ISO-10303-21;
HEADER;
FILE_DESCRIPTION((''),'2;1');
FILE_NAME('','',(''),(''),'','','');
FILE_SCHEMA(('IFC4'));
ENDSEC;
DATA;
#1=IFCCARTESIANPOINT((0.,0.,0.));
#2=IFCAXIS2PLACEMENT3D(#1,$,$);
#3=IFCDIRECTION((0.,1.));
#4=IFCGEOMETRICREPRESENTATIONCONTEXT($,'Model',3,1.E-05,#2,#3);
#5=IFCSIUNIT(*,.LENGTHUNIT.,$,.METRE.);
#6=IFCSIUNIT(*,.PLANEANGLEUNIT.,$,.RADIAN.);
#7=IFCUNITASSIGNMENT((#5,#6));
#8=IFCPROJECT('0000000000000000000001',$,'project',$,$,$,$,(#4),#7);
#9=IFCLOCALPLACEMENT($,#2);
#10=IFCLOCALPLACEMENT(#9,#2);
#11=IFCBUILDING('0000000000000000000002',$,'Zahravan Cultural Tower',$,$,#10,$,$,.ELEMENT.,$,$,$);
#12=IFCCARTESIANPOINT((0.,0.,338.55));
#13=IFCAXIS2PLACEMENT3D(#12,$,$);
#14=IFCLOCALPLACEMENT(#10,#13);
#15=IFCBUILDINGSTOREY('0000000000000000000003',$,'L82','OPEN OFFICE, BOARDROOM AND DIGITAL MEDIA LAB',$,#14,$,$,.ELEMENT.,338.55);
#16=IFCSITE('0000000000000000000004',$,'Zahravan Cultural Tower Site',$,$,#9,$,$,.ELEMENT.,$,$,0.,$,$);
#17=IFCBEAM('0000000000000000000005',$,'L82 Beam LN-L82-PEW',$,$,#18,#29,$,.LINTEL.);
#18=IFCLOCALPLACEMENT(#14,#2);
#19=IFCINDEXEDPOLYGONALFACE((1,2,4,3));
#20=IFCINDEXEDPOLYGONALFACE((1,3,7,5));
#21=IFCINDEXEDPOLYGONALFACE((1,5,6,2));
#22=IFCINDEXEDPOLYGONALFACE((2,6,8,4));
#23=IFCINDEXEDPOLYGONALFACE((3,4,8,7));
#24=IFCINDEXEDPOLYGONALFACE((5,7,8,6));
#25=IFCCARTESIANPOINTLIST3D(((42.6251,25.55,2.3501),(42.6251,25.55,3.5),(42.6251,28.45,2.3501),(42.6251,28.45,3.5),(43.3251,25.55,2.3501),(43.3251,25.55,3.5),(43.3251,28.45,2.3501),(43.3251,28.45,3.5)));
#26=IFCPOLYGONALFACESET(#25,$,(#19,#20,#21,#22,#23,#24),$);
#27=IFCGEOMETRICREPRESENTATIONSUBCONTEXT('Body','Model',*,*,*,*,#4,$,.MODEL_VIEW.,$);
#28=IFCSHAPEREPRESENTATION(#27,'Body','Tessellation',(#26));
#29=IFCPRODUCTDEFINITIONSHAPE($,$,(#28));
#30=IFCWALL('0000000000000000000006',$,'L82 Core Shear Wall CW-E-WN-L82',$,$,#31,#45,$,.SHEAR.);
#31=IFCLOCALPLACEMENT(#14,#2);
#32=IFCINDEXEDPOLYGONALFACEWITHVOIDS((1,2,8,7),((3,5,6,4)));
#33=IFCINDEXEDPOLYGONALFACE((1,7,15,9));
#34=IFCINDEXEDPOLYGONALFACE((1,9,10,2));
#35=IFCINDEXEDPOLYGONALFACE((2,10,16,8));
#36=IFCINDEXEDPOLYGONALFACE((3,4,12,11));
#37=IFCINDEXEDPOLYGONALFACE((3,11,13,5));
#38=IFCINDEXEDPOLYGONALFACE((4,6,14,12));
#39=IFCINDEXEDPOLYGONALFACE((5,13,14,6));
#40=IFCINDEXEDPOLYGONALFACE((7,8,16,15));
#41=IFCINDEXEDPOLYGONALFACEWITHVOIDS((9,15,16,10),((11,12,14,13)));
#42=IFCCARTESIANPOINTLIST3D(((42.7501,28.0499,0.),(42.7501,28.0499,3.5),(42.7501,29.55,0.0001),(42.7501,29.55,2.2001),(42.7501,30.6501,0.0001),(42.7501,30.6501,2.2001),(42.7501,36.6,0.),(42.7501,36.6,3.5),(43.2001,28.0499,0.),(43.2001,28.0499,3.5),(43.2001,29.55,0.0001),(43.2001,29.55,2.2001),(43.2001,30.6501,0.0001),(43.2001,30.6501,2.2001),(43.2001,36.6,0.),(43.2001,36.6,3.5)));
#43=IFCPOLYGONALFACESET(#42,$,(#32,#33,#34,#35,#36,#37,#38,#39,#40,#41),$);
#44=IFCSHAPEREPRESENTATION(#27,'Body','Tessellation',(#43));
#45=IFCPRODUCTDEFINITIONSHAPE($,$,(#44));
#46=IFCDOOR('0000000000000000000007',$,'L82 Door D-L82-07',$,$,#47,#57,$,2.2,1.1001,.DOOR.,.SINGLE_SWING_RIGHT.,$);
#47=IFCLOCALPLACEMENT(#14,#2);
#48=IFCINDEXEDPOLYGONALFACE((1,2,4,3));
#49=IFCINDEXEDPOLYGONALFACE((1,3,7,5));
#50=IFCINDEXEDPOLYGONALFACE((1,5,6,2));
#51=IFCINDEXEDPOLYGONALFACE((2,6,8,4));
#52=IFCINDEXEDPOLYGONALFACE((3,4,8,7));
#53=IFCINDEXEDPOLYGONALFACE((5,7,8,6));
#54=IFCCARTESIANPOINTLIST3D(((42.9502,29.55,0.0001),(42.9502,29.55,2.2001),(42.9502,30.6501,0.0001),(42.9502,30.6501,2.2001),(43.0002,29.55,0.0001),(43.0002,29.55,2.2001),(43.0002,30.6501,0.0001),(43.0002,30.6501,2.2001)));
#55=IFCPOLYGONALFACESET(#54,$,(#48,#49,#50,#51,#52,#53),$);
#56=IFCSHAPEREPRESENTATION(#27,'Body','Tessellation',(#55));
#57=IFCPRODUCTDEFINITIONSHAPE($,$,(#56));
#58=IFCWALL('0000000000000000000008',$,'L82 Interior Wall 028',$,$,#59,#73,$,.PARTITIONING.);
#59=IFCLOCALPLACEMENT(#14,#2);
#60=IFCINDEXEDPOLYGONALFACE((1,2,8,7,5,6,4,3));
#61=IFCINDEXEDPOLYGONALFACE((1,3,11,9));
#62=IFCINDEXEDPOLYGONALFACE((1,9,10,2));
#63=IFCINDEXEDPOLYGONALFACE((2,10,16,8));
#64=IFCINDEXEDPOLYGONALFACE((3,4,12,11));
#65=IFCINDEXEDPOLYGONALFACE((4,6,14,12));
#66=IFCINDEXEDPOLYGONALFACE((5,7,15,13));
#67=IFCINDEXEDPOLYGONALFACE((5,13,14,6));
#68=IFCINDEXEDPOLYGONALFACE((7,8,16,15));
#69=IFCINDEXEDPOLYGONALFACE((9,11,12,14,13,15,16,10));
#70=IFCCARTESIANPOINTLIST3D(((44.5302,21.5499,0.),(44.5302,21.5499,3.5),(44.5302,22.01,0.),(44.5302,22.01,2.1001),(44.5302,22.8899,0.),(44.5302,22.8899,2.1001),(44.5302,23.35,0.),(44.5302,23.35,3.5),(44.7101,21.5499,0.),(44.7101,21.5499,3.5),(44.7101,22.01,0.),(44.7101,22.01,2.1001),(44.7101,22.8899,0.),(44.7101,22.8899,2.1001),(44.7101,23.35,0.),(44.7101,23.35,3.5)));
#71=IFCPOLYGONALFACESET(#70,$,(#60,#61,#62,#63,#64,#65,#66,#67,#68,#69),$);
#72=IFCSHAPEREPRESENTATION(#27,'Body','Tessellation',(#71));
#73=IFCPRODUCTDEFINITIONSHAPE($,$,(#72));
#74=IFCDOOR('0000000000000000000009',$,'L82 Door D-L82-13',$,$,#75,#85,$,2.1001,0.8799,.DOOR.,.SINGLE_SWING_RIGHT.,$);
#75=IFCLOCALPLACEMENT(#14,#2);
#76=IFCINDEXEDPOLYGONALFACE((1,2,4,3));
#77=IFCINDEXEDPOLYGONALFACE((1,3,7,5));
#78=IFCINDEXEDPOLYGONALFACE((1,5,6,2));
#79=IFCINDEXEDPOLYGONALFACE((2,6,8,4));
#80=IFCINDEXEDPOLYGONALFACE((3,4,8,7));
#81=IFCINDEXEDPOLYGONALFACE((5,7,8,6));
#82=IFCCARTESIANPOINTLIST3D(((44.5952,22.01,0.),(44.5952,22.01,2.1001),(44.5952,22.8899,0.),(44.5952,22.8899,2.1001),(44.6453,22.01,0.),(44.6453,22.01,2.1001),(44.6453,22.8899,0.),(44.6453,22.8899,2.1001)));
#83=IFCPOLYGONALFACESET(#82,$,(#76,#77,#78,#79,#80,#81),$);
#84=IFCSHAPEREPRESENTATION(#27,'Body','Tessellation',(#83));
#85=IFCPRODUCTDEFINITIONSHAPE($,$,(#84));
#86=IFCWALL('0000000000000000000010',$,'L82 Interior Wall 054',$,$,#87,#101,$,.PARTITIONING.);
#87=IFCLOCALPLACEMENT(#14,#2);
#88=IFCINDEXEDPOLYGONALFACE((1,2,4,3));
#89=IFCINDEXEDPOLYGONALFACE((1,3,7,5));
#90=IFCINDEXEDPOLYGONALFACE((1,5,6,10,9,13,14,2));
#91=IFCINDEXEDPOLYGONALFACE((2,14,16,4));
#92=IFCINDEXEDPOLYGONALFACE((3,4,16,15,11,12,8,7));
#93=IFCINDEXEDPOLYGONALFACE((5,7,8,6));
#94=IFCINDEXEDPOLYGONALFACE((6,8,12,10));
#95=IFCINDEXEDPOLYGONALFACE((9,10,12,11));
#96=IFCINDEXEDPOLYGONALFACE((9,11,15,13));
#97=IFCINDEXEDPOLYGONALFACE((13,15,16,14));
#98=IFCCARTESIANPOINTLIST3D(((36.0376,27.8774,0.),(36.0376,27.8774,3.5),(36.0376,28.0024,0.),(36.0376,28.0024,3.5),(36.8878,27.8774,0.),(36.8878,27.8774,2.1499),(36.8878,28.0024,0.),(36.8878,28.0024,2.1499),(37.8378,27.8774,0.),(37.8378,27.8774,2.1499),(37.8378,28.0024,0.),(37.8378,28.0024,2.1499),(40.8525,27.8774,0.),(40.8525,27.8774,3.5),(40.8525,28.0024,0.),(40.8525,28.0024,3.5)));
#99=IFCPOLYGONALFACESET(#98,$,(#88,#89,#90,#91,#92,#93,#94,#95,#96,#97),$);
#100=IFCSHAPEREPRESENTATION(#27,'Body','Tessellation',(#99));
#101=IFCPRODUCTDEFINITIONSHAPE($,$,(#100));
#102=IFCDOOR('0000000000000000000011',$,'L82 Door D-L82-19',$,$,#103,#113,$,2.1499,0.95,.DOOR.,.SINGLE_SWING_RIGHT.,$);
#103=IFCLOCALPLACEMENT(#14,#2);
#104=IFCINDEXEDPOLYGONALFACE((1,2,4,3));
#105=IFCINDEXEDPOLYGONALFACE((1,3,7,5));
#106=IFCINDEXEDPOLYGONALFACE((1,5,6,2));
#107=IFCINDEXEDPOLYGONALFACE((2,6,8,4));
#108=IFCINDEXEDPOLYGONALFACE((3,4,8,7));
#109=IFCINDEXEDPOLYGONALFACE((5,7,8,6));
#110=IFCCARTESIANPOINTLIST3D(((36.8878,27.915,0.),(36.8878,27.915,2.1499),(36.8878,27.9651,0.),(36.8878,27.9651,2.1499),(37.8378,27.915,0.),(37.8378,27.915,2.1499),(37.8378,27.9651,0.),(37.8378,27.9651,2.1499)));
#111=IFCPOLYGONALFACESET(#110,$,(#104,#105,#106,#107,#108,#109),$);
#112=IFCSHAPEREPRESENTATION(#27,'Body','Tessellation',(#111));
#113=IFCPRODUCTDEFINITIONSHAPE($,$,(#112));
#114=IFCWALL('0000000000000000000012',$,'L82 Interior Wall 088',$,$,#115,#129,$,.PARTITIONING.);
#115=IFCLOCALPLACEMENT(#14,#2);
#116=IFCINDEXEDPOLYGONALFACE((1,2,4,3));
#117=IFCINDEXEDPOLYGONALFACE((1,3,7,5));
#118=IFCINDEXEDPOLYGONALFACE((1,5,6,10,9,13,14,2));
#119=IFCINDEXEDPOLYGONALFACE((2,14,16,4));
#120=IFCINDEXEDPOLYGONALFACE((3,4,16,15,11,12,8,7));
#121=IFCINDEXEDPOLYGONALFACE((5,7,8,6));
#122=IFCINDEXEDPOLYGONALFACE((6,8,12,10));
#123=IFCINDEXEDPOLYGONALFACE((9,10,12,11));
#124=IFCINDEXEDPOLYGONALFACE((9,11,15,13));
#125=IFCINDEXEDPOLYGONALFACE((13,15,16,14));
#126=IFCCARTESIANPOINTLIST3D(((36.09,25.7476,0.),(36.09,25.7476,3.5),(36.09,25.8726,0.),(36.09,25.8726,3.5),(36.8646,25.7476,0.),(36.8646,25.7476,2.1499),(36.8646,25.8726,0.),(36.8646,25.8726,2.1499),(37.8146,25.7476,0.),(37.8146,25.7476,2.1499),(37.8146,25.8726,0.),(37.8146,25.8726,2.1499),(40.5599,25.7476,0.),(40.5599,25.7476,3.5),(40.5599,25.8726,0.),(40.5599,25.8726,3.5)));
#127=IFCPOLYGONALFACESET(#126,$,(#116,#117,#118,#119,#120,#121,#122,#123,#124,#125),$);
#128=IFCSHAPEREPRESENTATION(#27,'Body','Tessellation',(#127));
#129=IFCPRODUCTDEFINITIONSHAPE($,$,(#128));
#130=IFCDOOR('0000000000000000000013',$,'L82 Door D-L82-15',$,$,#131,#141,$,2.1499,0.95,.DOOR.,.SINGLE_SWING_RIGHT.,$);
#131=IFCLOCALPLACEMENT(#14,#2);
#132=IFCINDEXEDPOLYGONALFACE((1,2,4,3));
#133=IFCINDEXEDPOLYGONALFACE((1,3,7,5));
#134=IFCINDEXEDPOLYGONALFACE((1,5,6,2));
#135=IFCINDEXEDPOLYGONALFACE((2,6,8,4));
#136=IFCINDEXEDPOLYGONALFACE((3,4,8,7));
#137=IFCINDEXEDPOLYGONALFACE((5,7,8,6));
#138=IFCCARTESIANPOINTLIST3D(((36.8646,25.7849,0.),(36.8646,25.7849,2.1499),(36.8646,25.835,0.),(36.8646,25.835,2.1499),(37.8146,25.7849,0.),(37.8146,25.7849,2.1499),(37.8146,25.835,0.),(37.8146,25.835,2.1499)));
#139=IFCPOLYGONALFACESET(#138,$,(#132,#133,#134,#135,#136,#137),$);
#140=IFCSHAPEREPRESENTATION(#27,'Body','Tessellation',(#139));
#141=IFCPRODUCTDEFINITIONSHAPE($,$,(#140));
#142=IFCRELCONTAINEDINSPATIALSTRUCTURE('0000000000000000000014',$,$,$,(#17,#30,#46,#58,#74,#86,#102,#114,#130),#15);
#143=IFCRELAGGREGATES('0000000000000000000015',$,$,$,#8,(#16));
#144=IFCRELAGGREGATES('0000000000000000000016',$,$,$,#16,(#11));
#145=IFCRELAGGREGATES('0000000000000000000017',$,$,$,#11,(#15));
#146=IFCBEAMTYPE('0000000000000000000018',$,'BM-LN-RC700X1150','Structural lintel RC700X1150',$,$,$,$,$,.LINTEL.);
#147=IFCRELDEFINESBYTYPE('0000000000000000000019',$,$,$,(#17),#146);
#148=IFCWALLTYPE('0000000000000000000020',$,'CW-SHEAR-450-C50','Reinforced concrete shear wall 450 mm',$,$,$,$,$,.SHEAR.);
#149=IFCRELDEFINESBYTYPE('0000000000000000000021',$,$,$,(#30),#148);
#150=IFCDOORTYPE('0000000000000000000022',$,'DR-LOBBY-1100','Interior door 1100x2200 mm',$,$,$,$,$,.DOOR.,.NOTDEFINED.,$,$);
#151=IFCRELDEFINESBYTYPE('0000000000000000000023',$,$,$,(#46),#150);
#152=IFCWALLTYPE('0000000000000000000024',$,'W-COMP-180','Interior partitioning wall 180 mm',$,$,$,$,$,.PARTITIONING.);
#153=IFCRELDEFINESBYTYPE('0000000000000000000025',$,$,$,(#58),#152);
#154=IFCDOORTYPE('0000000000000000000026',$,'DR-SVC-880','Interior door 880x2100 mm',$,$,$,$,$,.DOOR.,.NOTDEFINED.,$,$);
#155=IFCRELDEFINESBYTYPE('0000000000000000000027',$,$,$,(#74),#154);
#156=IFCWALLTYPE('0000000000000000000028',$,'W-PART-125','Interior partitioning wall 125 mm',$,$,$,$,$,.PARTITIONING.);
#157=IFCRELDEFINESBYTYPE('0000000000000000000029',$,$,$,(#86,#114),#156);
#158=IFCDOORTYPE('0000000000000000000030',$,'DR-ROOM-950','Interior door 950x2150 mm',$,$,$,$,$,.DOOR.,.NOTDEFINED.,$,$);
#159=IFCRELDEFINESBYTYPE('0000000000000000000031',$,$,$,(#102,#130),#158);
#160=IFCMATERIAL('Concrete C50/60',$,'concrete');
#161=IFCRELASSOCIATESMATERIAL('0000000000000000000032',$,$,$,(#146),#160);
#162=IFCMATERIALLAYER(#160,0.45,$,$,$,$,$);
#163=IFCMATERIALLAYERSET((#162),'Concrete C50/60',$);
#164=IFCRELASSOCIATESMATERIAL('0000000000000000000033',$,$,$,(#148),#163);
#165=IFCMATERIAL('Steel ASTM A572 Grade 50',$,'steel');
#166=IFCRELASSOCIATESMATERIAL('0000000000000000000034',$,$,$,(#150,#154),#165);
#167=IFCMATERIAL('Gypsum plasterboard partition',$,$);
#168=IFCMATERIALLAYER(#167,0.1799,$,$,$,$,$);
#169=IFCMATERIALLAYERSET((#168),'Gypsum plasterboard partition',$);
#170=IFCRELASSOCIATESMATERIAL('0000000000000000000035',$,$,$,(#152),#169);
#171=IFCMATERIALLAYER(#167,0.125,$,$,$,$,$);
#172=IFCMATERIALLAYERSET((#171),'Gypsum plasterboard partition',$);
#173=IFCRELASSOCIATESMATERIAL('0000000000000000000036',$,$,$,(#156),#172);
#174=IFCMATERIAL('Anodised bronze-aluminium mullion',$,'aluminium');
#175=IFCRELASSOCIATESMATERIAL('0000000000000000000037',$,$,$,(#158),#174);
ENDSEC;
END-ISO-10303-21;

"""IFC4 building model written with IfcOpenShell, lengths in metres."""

from ifc_helpers import new_model, si_unit, direction, frame, frame_2d, origin, origin_2d, place, context, subcontext, project, spatial, rectangle, extrude, source, transform, mapped, material, layer, layer_set, material_profile, profile_set, type_object, element, fill, save


model = new_model("IFC4")

# Units and contexts
model_context = context("Model", 3, precision=1e-05, world=origin(), true_north=direction((0.0, 1.0)))
body_context = subcontext(model_context, "Body", "Model", "MODEL_VIEW")
ifc_project = project(units=[si_unit("LENGTHUNIT", "METRE"), si_unit("PLANEANGLEUNIT", "RADIAN")], contexts=[model_context])

# Site, building, storey
site_placement = place(None, origin())
site = spatial("IfcSite", under=ifc_project, at=site_placement, Name="Zahravan Cultural Tower Site", CompositionType="ELEMENT", RefElevation=0.0)
building_placement = place(site_placement, origin())
building = spatial("IfcBuilding", under=site, at=building_placement, Name="Zahravan Cultural Tower", CompositionType="ELEMENT")
storey_placement = place(building_placement, frame((0.0, 0.0, 338.55)))
storey = spatial("IfcBuildingStorey", under=building, at=storey_placement, Name="L82", Description="OPEN OFFICE, BOARDROOM AND DIGITAL MEDIA LAB", CompositionType="ELEMENT", Elevation=338.55)

# Beam
ifc_material_1 = material(Name="Concrete C50/60", Category="concrete")
ifc_material_profile = material_profile(ifc_material_1, rectangle(XDim=0.7, YDim=1.1499, at=origin_2d()), Name="RC700X1150")
ifc_profile_set = profile_set([ifc_material_profile], Name="Concrete C50/60")
beam_type = type_object("IfcBeamType", Name="BM-LN-RC700X1150", Description="Structural lintel RC700X1150", PredefinedType="LINTEL", material=ifc_profile_set)
shared_shape_1 = source(origin(), body_context, "Body", "SweptSolid", [
    extrude(rectangle(XDim=0.7, YDim=1.1499, at=origin_2d()), origin(), (0.0, 0.0, 1.0), 2.8999),
])
beam_placement = place(storey_placement, frame((42.9751, 25.55, 2.925), z_axis=(0.0, 1.0, 0.0), x_axis=(-1.0, 0.0, 0.0)))
element("IfcBeam", 1, at=beam_placement, inside=storey, type_object=beam_type, Name="L82 Beam LN-L82-PEW", PredefinedType="LINTEL", context=body_context, shape_type="MappedRepresentation", body=[
    mapped(shared_shape_1, transform((0.0, 0.0, 0.0), x_axis=(1.0, 0.0, 0.0), y_axis=(0.0, 1.0, 0.0), z_axis=(0.0, 0.0, 1.0), scale=1.0)),
])

# Walls, openings, doors
ifc_layer_1 = layer(ifc_material_1, 0.45)
ifc_layer_set_1 = layer_set([ifc_layer_1], Name="Concrete C50/60")
wall_type_1 = type_object("IfcWallType", Name="CW-SHEAR-450-C50", Description="Reinforced concrete shear wall 450 mm", PredefinedType="SHEAR", material=ifc_layer_set_1)
wall_1_placement = place(storey_placement, frame((42.9751, 28.05, 0.0), z_axis=(0.0, 0.0, 1.0), x_axis=(0.0, 1.0, 0.0)))
wall_1 = element("IfcWall", 2, at=wall_1_placement, inside=storey, type_object=wall_type_1, Name="L82 Core Shear Wall CW-E-WN-L82", PredefinedType="SHEAR", context=body_context, shape_type="SweptSolid", body=[
    extrude(rectangle(XDim=8.55, YDim=0.45, at=frame_2d((4.2749, 0.0))), origin(), (0.0, 0.0, 1.0), 3.5),
])
opening_1_placement = place(wall_1_placement, frame((1.5, 0.0, 0.0)))
opening_1 = element("IfcOpeningElement", 3, at=opening_1_placement, cuts=wall_1, PredefinedType="OPENING", context=body_context, shape_type="SweptSolid", body=[
    extrude(rectangle(XDim=1.1001, YDim=2.2, at=frame_2d((0.55, 1.1001))), frame((0.0, 0.2349, 0.0), z_axis=(0.0, -1.0, 0.0), x_axis=(1.0, 0.0, 0.0)), (0.0, 0.0, 1.0), 0.47),
])
ifc_material_2 = material(Name="Steel ASTM A572 Grade 50", Category="steel")
door_type_1 = type_object("IfcDoorType", Name="DR-LOBBY-1100", Description="Interior door 1100x2200 mm", OperationType="NOTDEFINED", PredefinedType="DOOR", material=ifc_material_2)
shared_shape_2 = source(origin(), body_context, "Body", "SweptSolid", [
    extrude(rectangle(XDim=1.1001, YDim=2.2, at=frame_2d((0.55, 1.1001))), frame((0.0, 0.0249, 0.0), z_axis=(0.0, -1.0, 0.0), x_axis=(1.0, 0.0, 0.0)), (0.0, 0.0, 1.0), 0.05),
])
door_1_placement = place(opening_1_placement, origin())
door_1 = element("IfcDoor", 4, at=door_1_placement, inside=storey, type_object=door_type_1, Name="L82 Door D-L82-07", OperationType="SINGLE_SWING_RIGHT", OverallHeight=2.2, OverallWidth=1.1001, PredefinedType="DOOR", context=body_context, shape_type="MappedRepresentation", body=[
    mapped(shared_shape_2, transform((0.0, 0.0, 0.0), x_axis=(1.0, 0.0, 0.0), y_axis=(0.0, 1.0, 0.0), z_axis=(0.0, 0.0, 1.0), scale=1.0)),
])
fill(opening_1, door_1)
ifc_material_3 = material(Name="Gypsum plasterboard partition")
ifc_layer_2 = layer(ifc_material_3, 0.1799)
ifc_layer_set_2 = layer_set([ifc_layer_2], Name="Gypsum plasterboard partition")
wall_type_2 = type_object("IfcWallType", Name="W-COMP-180", Description="Interior partitioning wall 180 mm", PredefinedType="PARTITIONING", material=ifc_layer_set_2)
wall_2_placement = place(storey_placement, frame((44.6201, 21.55, 0.0), z_axis=(0.0, 0.0, 1.0), x_axis=(0.0, 1.0, 0.0)))
wall_2 = element("IfcWall", 5, at=wall_2_placement, inside=storey, type_object=wall_type_2, Name="L82 Interior Wall 028", PredefinedType="PARTITIONING", context=body_context, shape_type="SweptSolid", body=[
    extrude(rectangle(XDim=1.8, YDim=0.1799, at=frame_2d((0.8999, 0.0))), origin(), (0.0, 0.0, 1.0), 3.5),
])
opening_2_placement = place(wall_2_placement, frame((0.46, 0.0, 0.0)))
opening_2 = element("IfcOpeningElement", 6, at=opening_2_placement, cuts=wall_2, PredefinedType="OPENING", context=body_context, shape_type="SweptSolid", body=[
    extrude(rectangle(XDim=0.8799, YDim=2.1001, at=frame_2d((0.4399, 1.05))), frame((0.0, 0.0999, 0.0), z_axis=(0.0, -1.0, 0.0), x_axis=(1.0, 0.0, 0.0)), (0.0, 0.0, 1.0), 0.2),
])
door_type_2 = type_object("IfcDoorType", Name="DR-SVC-880", Description="Interior door 880x2100 mm", OperationType="NOTDEFINED", PredefinedType="DOOR", material=ifc_material_2)
shared_shape_3 = source(origin(), body_context, "Body", "SweptSolid", [
    extrude(rectangle(XDim=0.8799, YDim=2.1001, at=frame_2d((0.4399, 1.05))), frame((0.0, 0.0249, 0.0), z_axis=(0.0, -1.0, 0.0), x_axis=(1.0, 0.0, 0.0)), (0.0, 0.0, 1.0), 0.05),
])
door_2_placement = place(opening_2_placement, origin())
door_2 = element("IfcDoor", 7, at=door_2_placement, inside=storey, type_object=door_type_2, Name="L82 Door D-L82-13", OperationType="SINGLE_SWING_RIGHT", OverallHeight=2.1001, OverallWidth=0.8799, PredefinedType="DOOR", context=body_context, shape_type="MappedRepresentation", body=[
    mapped(shared_shape_3, transform((0.0, 0.0, 0.0), x_axis=(1.0, 0.0, 0.0), y_axis=(0.0, 1.0, 0.0), z_axis=(0.0, 0.0, 1.0), scale=1.0)),
])
fill(opening_2, door_2)
ifc_layer_3 = layer(ifc_material_3, 0.125)
ifc_layer_set_3 = layer_set([ifc_layer_3], Name="Gypsum plasterboard partition")
wall_type_3 = type_object("IfcWallType", Name="W-PART-125", Description="Interior partitioning wall 125 mm", PredefinedType="PARTITIONING", material=ifc_layer_set_3)
wall_3_placement = place(storey_placement, frame((40.8525, 27.9399, 0.0), z_axis=(0.0, 0.0, 1.0), x_axis=(-1.0, 0.0, 0.0)))
wall_3 = element("IfcWall", 8, at=wall_3_placement, inside=storey, type_object=wall_type_3, Name="L82 Interior Wall 054", PredefinedType="PARTITIONING", context=body_context, shape_type="SweptSolid", body=[
    extrude(rectangle(XDim=4.8149, YDim=0.125, at=frame_2d((2.4075, 0.0))), origin(), (0.0, 0.0, 1.0), 3.5),
])
opening_3_placement = place(wall_3_placement, frame((3.0146, 0.0, 0.0)))
opening_3 = element("IfcOpeningElement", 9, at=opening_3_placement, cuts=wall_3, PredefinedType="OPENING", context=body_context, shape_type="SweptSolid", body=[
    extrude(rectangle(XDim=0.95, YDim=2.1499, at=frame_2d((0.4751, 1.075))), frame((0.0, 0.0725, 0.0), z_axis=(0.0, -1.0, 0.0), x_axis=(1.0, 0.0, 0.0)), (0.0, 0.0, 1.0), 0.145),
])
ifc_material_4 = material(Name="Anodised bronze-aluminium mullion", Category="aluminium")
door_type_3 = type_object("IfcDoorType", Name="DR-ROOM-950", Description="Interior door 950x2150 mm", OperationType="NOTDEFINED", PredefinedType="DOOR", material=ifc_material_4)
shared_shape_4 = source(origin(), body_context, "Body", "SweptSolid", [
    extrude(rectangle(XDim=0.95, YDim=2.1499, at=frame_2d((0.4751, 1.075))), frame((0.0, 0.0249, 0.0), z_axis=(0.0, -1.0, 0.0), x_axis=(1.0, 0.0, 0.0)), (0.0, 0.0, 1.0), 0.05),
])
door_3_placement = place(opening_3_placement, origin())
door_3 = element("IfcDoor", 10, at=door_3_placement, inside=storey, type_object=door_type_3, Name="L82 Door D-L82-19", OperationType="SINGLE_SWING_RIGHT", OverallHeight=2.1499, OverallWidth=0.95, PredefinedType="DOOR", context=body_context, shape_type="MappedRepresentation", body=[
    mapped(shared_shape_4, transform((0.0, 0.0, 0.0), x_axis=(1.0, 0.0, 0.0), y_axis=(0.0, 1.0, 0.0), z_axis=(0.0, 0.0, 1.0), scale=1.0)),
])
fill(opening_3, door_3)
wall_4_placement = place(storey_placement, frame((36.0901, 25.8101, 0.0), z_axis=(0.0, 0.0, 1.0), x_axis=(1.0, 0.0, 0.0)))
wall_4 = element("IfcWall", 11, at=wall_4_placement, inside=storey, type_object=wall_type_3, Name="L82 Interior Wall 088", PredefinedType="PARTITIONING", context=body_context, shape_type="SweptSolid", body=[
    extrude(rectangle(XDim=4.47, YDim=0.125, at=frame_2d((2.2349, 0.0))), origin(), (0.0, 0.0, 1.0), 3.5),
])
opening_4_placement = place(wall_4_placement, frame((0.7744, 0.0, 0.0)))
opening_4 = element("IfcOpeningElement", 12, at=opening_4_placement, cuts=wall_4, PredefinedType="OPENING", context=body_context, shape_type="SweptSolid", body=[
    extrude(rectangle(XDim=0.95, YDim=2.1499, at=frame_2d((0.4751, 1.075))), frame((0.0, 0.0725, 0.0), z_axis=(0.0, -1.0, 0.0), x_axis=(1.0, 0.0, 0.0)), (0.0, 0.0, 1.0), 0.145),
])
door_4_placement = place(opening_4_placement, origin())
door_4 = element("IfcDoor", 13, at=door_4_placement, inside=storey, type_object=door_type_3, Name="L82 Door D-L82-15", OperationType="SINGLE_SWING_RIGHT", OverallHeight=2.1499, OverallWidth=0.95, PredefinedType="DOOR", context=body_context, shape_type="MappedRepresentation", body=[
    mapped(shared_shape_4, transform((0.0, 0.0, 0.0), x_axis=(1.0, 0.0, 0.0), y_axis=(0.0, 1.0, 0.0), z_axis=(0.0, 0.0, 1.0), scale=1.0)),
])
fill(opening_4, door_4)

save(model, "model.ifc")
